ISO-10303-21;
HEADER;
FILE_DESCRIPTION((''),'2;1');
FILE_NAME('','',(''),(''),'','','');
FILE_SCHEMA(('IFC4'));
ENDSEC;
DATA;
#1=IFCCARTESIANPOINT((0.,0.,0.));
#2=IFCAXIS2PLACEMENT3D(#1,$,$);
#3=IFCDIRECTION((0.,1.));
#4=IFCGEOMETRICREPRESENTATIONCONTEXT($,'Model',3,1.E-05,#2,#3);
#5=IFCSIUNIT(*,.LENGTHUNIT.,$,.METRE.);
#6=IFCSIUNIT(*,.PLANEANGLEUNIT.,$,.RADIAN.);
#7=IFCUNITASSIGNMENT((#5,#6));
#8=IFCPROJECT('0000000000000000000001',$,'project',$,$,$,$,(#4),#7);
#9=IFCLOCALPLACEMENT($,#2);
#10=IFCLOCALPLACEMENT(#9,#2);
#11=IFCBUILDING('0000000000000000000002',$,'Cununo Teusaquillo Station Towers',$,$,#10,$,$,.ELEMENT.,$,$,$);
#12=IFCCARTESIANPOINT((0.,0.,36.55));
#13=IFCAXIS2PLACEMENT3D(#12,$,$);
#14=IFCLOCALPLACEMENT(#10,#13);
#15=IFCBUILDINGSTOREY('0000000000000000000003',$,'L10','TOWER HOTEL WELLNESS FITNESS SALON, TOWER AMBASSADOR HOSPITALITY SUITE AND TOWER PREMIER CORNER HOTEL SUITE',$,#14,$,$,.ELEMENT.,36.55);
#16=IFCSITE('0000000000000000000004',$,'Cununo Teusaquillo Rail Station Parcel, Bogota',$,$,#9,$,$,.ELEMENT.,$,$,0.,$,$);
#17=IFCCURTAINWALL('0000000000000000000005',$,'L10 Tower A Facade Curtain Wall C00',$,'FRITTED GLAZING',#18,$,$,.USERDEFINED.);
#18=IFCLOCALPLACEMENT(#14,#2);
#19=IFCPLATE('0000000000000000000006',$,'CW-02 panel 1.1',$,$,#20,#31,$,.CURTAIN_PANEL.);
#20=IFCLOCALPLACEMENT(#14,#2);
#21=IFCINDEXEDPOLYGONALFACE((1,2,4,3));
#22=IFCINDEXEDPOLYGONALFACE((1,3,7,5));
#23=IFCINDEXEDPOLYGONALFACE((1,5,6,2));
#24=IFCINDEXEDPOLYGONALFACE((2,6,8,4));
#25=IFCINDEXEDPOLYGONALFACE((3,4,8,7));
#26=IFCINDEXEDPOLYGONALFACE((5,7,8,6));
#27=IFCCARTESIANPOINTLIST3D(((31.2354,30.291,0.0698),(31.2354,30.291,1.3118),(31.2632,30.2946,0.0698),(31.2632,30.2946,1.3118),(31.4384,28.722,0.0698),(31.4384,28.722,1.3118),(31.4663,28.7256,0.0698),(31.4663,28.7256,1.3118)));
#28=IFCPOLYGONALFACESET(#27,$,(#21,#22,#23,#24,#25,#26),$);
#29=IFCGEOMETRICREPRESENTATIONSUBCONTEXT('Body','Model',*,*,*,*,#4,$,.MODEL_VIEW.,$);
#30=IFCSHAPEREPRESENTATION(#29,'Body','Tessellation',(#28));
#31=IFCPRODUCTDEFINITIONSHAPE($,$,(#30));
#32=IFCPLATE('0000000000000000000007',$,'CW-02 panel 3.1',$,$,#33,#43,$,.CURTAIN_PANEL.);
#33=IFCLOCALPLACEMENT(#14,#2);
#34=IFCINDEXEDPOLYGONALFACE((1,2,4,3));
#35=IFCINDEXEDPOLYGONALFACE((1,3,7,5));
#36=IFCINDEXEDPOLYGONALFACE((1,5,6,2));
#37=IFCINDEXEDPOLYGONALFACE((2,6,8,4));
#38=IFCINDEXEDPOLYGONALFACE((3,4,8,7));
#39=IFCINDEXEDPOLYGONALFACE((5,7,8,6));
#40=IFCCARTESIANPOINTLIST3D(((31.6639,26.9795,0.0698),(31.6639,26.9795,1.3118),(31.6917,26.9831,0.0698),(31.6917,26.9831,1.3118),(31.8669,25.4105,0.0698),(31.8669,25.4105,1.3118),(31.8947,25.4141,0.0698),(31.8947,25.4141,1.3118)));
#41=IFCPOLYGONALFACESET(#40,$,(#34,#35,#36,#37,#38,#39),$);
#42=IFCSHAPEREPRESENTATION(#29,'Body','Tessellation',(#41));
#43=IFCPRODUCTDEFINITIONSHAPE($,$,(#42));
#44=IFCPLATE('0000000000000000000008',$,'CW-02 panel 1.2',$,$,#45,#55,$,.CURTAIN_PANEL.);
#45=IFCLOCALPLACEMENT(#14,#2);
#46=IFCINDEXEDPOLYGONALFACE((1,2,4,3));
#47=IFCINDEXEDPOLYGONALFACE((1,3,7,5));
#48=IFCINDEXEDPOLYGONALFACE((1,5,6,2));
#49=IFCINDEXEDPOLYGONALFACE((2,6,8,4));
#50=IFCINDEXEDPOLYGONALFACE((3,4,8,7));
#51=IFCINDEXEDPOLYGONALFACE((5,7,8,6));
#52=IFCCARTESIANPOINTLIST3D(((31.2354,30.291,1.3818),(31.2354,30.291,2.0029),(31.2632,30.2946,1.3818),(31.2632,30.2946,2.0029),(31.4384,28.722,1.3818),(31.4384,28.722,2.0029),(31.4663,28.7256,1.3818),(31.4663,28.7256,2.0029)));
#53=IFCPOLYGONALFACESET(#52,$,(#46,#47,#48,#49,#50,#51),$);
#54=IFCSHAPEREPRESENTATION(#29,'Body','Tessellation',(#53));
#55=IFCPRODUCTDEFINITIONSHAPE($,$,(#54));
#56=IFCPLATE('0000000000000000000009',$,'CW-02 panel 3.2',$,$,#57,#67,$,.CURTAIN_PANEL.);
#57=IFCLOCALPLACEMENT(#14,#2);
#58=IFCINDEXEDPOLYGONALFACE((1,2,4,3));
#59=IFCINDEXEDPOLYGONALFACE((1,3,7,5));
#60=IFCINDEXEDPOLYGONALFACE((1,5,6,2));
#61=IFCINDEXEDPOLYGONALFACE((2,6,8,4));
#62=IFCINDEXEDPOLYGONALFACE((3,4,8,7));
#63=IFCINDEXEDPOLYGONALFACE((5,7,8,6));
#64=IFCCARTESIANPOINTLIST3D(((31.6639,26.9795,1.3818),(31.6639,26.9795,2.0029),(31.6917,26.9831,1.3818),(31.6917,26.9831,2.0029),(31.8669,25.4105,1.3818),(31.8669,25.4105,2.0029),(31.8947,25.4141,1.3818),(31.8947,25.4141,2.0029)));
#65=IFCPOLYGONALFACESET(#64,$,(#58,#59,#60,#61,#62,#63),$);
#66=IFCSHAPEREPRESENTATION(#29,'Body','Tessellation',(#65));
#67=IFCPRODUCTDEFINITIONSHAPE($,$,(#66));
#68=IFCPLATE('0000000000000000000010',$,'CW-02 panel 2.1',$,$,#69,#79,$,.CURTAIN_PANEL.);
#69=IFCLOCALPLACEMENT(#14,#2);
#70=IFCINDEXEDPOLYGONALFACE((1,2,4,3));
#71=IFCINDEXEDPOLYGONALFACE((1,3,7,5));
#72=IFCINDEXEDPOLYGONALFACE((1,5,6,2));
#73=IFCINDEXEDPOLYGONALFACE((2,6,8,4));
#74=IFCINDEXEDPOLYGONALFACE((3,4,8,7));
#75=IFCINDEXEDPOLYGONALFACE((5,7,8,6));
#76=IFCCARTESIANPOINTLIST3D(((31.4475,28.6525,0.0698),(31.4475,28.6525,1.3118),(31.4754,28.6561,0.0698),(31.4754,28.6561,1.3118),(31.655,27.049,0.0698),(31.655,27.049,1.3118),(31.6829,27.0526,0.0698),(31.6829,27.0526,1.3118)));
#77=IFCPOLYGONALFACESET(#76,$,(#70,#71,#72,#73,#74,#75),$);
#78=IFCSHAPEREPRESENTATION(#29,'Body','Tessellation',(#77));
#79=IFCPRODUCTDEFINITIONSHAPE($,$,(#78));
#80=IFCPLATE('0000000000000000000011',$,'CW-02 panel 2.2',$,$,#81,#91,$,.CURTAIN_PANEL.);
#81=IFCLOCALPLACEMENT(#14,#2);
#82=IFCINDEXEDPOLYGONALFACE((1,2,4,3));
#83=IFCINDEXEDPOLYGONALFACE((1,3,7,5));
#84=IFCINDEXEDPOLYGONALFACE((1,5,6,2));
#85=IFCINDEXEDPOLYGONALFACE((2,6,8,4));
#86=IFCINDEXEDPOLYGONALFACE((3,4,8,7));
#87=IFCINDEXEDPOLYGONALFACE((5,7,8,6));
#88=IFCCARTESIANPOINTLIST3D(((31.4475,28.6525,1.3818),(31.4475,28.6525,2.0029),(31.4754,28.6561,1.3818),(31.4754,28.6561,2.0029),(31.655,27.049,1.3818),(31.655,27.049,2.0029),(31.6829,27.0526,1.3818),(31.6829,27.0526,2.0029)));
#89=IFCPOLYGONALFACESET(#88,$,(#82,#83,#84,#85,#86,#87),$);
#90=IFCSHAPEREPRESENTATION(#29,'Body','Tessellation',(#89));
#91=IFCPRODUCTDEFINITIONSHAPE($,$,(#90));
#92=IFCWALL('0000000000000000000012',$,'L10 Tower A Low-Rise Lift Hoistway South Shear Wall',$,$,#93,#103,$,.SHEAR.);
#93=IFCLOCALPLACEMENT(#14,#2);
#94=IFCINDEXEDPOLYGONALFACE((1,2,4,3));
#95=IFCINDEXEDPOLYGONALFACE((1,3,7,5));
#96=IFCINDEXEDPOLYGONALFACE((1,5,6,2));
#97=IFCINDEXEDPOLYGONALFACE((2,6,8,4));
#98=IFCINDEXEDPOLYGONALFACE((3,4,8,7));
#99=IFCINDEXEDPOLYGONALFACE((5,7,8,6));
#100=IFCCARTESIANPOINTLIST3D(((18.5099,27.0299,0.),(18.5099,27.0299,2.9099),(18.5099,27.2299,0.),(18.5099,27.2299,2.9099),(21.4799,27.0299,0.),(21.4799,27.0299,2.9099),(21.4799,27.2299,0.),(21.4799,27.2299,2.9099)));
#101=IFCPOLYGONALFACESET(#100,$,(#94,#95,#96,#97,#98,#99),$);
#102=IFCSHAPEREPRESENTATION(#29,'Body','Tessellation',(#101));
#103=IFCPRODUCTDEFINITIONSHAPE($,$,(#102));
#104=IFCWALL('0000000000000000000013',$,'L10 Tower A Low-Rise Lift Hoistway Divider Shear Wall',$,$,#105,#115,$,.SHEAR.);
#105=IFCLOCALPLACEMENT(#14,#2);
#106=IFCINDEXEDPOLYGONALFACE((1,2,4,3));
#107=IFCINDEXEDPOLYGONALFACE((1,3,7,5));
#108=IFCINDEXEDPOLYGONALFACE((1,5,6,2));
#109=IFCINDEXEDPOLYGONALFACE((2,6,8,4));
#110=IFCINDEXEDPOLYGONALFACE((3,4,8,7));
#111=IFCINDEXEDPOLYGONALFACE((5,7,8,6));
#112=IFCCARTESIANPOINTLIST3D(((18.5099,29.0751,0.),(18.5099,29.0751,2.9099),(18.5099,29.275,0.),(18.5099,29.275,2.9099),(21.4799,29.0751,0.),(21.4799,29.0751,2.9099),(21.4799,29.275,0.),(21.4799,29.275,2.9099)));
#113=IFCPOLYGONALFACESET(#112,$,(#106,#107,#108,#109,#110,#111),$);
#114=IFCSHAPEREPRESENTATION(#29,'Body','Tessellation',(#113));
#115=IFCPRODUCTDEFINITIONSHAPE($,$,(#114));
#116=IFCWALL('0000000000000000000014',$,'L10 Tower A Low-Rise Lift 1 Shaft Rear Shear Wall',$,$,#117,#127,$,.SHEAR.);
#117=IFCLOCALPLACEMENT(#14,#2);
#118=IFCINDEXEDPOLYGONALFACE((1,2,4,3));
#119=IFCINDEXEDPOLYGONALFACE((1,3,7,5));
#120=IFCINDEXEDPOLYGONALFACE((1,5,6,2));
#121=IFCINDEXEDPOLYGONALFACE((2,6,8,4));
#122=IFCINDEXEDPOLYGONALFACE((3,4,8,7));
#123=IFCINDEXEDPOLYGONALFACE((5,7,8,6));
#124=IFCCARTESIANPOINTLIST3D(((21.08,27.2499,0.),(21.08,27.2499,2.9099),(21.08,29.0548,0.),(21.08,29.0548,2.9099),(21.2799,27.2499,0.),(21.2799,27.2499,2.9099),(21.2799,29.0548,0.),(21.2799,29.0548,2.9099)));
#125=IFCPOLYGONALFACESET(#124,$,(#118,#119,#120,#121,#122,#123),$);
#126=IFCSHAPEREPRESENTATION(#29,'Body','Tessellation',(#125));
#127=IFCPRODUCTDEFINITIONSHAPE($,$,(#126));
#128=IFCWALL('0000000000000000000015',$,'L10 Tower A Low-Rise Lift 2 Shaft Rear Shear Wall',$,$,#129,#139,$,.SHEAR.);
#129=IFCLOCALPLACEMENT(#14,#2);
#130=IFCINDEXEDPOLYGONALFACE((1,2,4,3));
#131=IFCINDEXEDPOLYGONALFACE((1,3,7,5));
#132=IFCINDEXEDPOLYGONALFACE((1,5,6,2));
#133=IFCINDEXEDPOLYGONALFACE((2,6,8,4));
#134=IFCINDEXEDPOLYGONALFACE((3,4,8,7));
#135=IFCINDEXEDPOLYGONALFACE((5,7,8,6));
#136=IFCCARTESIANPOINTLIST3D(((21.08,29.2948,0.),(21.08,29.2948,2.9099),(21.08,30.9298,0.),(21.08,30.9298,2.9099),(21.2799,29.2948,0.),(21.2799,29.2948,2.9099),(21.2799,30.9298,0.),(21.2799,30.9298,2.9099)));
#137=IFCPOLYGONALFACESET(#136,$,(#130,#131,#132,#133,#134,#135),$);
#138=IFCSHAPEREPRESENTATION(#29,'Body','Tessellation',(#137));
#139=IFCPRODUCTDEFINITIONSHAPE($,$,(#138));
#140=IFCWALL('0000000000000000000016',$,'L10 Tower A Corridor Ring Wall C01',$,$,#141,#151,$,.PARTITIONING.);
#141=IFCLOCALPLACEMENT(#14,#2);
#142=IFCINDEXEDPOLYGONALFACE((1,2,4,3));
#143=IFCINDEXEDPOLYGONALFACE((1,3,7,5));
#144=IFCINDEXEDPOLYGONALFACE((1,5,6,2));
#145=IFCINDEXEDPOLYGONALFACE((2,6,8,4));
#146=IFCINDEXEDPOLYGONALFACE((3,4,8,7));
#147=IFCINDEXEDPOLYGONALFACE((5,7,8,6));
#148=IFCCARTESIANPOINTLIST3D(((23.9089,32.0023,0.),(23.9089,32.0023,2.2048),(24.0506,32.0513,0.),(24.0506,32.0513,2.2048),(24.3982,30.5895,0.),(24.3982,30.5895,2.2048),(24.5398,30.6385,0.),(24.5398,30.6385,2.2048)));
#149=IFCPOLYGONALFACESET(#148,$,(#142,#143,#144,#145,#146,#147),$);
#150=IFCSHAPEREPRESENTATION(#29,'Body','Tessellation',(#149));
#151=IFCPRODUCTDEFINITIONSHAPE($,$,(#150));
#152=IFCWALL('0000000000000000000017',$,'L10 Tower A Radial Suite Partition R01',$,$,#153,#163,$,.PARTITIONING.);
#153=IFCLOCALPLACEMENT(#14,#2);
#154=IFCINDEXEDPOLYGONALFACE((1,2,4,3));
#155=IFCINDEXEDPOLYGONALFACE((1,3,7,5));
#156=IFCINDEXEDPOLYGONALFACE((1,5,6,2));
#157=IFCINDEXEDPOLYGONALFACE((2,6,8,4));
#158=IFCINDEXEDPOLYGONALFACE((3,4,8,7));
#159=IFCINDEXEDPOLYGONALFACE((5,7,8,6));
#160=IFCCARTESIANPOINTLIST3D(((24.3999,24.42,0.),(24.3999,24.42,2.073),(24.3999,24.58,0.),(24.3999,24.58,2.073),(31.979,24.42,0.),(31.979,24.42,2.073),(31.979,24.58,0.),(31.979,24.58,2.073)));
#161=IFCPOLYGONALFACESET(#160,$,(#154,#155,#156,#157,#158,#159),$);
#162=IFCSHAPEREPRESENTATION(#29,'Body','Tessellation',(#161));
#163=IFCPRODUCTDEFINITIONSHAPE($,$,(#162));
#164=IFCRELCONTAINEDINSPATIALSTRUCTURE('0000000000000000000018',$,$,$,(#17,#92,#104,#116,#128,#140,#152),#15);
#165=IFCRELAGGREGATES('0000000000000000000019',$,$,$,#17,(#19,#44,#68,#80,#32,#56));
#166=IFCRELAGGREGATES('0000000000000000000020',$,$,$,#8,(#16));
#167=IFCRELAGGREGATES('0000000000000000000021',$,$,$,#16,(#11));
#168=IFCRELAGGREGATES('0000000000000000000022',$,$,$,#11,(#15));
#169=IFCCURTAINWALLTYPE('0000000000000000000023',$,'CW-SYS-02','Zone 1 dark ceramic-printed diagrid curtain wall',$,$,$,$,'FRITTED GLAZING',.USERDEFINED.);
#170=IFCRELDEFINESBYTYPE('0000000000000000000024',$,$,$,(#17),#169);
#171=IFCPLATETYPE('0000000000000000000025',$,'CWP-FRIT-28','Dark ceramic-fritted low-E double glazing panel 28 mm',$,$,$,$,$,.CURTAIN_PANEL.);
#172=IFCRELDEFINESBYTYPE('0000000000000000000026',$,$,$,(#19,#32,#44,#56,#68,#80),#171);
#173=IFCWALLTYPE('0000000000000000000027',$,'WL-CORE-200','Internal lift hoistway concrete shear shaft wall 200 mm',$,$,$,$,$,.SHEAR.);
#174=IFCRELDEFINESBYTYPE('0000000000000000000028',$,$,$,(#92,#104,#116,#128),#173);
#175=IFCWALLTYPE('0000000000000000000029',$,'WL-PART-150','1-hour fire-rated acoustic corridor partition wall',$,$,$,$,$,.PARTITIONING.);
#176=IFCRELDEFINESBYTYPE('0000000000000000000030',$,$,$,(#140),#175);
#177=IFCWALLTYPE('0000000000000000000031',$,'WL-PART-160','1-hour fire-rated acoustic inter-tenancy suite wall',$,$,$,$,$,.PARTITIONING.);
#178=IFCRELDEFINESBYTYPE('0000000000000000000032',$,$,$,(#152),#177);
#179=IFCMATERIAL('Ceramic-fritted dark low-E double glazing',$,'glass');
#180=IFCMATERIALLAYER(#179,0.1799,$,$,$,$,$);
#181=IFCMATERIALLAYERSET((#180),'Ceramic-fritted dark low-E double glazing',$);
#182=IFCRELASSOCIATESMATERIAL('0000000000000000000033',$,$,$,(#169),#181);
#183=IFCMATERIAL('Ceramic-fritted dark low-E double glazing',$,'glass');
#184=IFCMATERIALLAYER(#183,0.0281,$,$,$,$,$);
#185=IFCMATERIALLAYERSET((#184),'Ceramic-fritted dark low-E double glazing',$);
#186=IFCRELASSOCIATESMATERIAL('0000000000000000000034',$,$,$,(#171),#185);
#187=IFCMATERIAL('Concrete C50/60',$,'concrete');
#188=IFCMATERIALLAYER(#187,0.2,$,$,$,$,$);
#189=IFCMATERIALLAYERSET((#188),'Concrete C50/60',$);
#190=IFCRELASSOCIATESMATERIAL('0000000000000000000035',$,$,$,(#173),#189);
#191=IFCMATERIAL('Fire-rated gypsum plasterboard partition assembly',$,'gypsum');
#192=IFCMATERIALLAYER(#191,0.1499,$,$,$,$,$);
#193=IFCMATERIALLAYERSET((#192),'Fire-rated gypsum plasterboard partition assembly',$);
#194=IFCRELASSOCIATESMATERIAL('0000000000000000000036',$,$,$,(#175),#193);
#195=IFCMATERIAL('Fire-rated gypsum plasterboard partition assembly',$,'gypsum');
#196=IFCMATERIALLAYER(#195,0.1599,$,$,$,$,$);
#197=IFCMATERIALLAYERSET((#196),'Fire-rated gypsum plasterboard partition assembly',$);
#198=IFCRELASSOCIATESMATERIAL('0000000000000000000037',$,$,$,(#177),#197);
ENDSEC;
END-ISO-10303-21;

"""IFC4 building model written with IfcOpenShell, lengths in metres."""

from ifc_helpers import new_model, si_unit, direction, frame, frame_2d, origin, origin_2d, place, context, subcontext, project, spatial, rectangle, extrude, source, transform, mapped, material, layer, layer_set, type_object, element, aggregate, save


model = new_model("IFC4")

# Units and contexts
model_context = context("Model", 3, precision=1e-05, world=origin(), true_north=direction((0.0, 1.0)))
body_context = subcontext(model_context, "Body", "Model", "MODEL_VIEW")
ifc_project = project(units=[si_unit("LENGTHUNIT", "METRE"), si_unit("PLANEANGLEUNIT", "RADIAN")], contexts=[model_context])

# Site, building, storey
site_placement = place(None, origin())
site = spatial("IfcSite", under=ifc_project, at=site_placement, Name="Cununo Teusaquillo Rail Station Parcel, Bogota", CompositionType="ELEMENT", RefElevation=0.0)
building_placement = place(site_placement, origin())
building = spatial("IfcBuilding", under=site, at=building_placement, Name="Cununo Teusaquillo Station Towers", CompositionType="ELEMENT")
storey_placement = place(building_placement, frame((0.0, 0.0, 36.55)))
storey = spatial("IfcBuildingStorey", under=building, at=storey_placement, Name="L10", Description="TOWER HOTEL WELLNESS FITNESS SALON, TOWER AMBASSADOR HOSPITALITY SUITE AND TOWER PREMIER CORNER HOTEL SUITE", CompositionType="ELEMENT", Elevation=36.55)

# Curtain wall, plates
ifc_material_1 = material(Name="Ceramic-fritted dark low-E double glazing", Category="glass")
ifc_layer_1 = layer(ifc_material_1, 0.1799)
ifc_layer_set_1 = layer_set([ifc_layer_1], Name="Ceramic-fritted dark low-E double glazing")
curtain_wall_type = type_object("IfcCurtainWallType", Name="CW-SYS-02", Description="Zone 1 dark ceramic-printed diagrid curtain wall", ElementType="FRITTED GLAZING", PredefinedType="USERDEFINED", material=ifc_layer_set_1)
curtain_wall_placement = place(storey_placement, origin())
curtain_wall = element("IfcCurtainWall", 1, at=curtain_wall_placement, inside=storey, type_object=curtain_wall_type, Name="L10 Tower A Facade Curtain Wall C00", ObjectType="FRITTED GLAZING", PredefinedType="USERDEFINED")
ifc_material_2 = material(Name="Ceramic-fritted dark low-E double glazing", Category="glass")
ifc_layer_2 = layer(ifc_material_2, 0.0281)
ifc_layer_set_2 = layer_set([ifc_layer_2], Name="Ceramic-fritted dark low-E double glazing")
plate_type = type_object("IfcPlateType", Name="CWP-FRIT-28", Description="Dark ceramic-fritted low-E double glazing panel 28 mm", PredefinedType="CURTAIN_PANEL", material=ifc_layer_set_2)
shared_shape_1 = source(origin(), body_context, "Body", "SweptSolid", [
    extrude(rectangle(XDim=1.582, YDim=0.0281, at=origin_2d()), origin(), (0.0, 0.0, 1.0), 1.2419),
])
plate_1_placement = place(storey_placement, frame((31.3508, 29.5083, 0.0698), z_axis=(0.0, 0.0, 1.0), x_axis=(0.128336, -0.991731, 0.0)))
plate_1 = element("IfcPlate", 2, at=plate_1_placement, type_object=plate_type, Name="CW-02 panel 1.1", PredefinedType="CURTAIN_PANEL", context=body_context, shape_type="MappedRepresentation", body=[
    mapped(shared_shape_1, transform((0.0, 0.0, 0.0), x_axis=(1.0, 0.0, 0.0), y_axis=(0.0, 1.0, 0.0), z_axis=(0.0, 0.0, 1.0), scale=1.0)),
])
plate_2_placement = place(storey_placement, frame((31.7793, 26.1968, 0.0698), z_axis=(0.0, 0.0, 1.0), x_axis=(0.128336, -0.991731, 0.0)))
plate_2 = element("IfcPlate", 3, at=plate_2_placement, type_object=plate_type, Name="CW-02 panel 3.1", PredefinedType="CURTAIN_PANEL", context=body_context, shape_type="MappedRepresentation", body=[
    mapped(shared_shape_1, transform((0.0, 0.0, 0.0), x_axis=(1.0, 0.0, 0.0), y_axis=(0.0, 1.0, 0.0), z_axis=(0.0, 0.0, 1.0), scale=1.0)),
])
shared_shape_2 = source(origin(), body_context, "Body", "SweptSolid", [
    extrude(rectangle(XDim=1.582, YDim=0.0281, at=origin_2d()), origin(), (0.0, 0.0, 1.0), 0.6211),
])
plate_3_placement = place(storey_placement, frame((31.3508, 29.5083, 1.3818), z_axis=(0.0, 0.0, 1.0), x_axis=(0.128336, -0.991731, 0.0)))
plate_3 = element("IfcPlate", 4, at=plate_3_placement, type_object=plate_type, Name="CW-02 panel 1.2", PredefinedType="CURTAIN_PANEL", context=body_context, shape_type="MappedRepresentation", body=[
    mapped(shared_shape_2, transform((0.0, 0.0, 0.0), x_axis=(1.0, 0.0, 0.0), y_axis=(0.0, 1.0, 0.0), z_axis=(0.0, 0.0, 1.0), scale=1.0)),
])
plate_4_placement = place(storey_placement, frame((31.7793, 26.1968, 1.3818), z_axis=(0.0, 0.0, 1.0), x_axis=(0.128336, -0.991731, 0.0)))
plate_4 = element("IfcPlate", 5, at=plate_4_placement, type_object=plate_type, Name="CW-02 panel 3.2", PredefinedType="CURTAIN_PANEL", context=body_context, shape_type="MappedRepresentation", body=[
    mapped(shared_shape_2, transform((0.0, 0.0, 0.0), x_axis=(1.0, 0.0, 0.0), y_axis=(0.0, 1.0, 0.0), z_axis=(0.0, 0.0, 1.0), scale=1.0)),
])
shared_shape_3 = source(origin(), body_context, "Body", "SweptSolid", [
    extrude(rectangle(XDim=1.6169, YDim=0.0281, at=origin_2d()), origin(), (0.0, 0.0, 1.0), 1.2419),
])
plate_5_placement = place(storey_placement, frame((31.5652, 27.8525, 0.0698), z_axis=(0.0, 0.0, 1.0), x_axis=(0.128336, -0.991731, 0.0)))
plate_5 = element("IfcPlate", 6, at=plate_5_placement, type_object=plate_type, Name="CW-02 panel 2.1", PredefinedType="CURTAIN_PANEL", context=body_context, shape_type="MappedRepresentation", body=[
    mapped(shared_shape_3, transform((0.0, 0.0, 0.0), x_axis=(1.0, 0.0, 0.0), y_axis=(0.0, 1.0, 0.0), z_axis=(0.0, 0.0, 1.0), scale=1.0)),
])
shared_shape_4 = source(origin(), body_context, "Body", "SweptSolid", [
    extrude(rectangle(XDim=1.6169, YDim=0.0281, at=origin_2d()), origin(), (0.0, 0.0, 1.0), 0.6211),
])
plate_6_placement = place(storey_placement, frame((31.5652, 27.8525, 1.3818), z_axis=(0.0, 0.0, 1.0), x_axis=(0.128336, -0.991731, 0.0)))
plate_6 = element("IfcPlate", 7, at=plate_6_placement, type_object=plate_type, Name="CW-02 panel 2.2", PredefinedType="CURTAIN_PANEL", context=body_context, shape_type="MappedRepresentation", body=[
    mapped(shared_shape_4, transform((0.0, 0.0, 0.0), x_axis=(1.0, 0.0, 0.0), y_axis=(0.0, 1.0, 0.0), z_axis=(0.0, 0.0, 1.0), scale=1.0)),
])
aggregate(curtain_wall, [plate_1, plate_3, plate_5, plate_6, plate_2, plate_4])

# Walls
ifc_material_3 = material(Name="Concrete C50/60", Category="concrete")
ifc_layer_3 = layer(ifc_material_3, 0.2)
ifc_layer_set_3 = layer_set([ifc_layer_3], Name="Concrete C50/60")
wall_type_1 = type_object("IfcWallType", Name="WL-CORE-200", Description="Internal lift hoistway concrete shear shaft wall 200 mm", PredefinedType="SHEAR", material=ifc_layer_set_3)
for number, where, z_axis, x_axis, name in (
    (8, (18.51, 27.1299, 0.0), (0.0, 0.0, 1.0), (1.0, 0.0, 0.0), "L10 Tower A Low-Rise Lift Hoistway South Shear Wall"),
    (9, (18.51, 29.175, 0.0), (0.0, 0.0, 1.0), (1.0, 0.0, 0.0), "L10 Tower A Low-Rise Lift Hoistway Divider Shear Wall"),
):
    element("IfcWall", number, at=place(storey_placement, frame(where, z_axis=z_axis, x_axis=x_axis)), inside=storey, type_object=wall_type_1, Name=name, PredefinedType="SHEAR", context=body_context, shape_type="SweptSolid", body=[
        extrude(rectangle(XDim=2.97, YDim=0.2, at=frame_2d((1.4849, 0.0))), origin(), (0.0, 0.0, 1.0), 2.9099),
    ])
wall_1_placement = place(storey_placement, frame((21.1799, 27.25, 0.0), z_axis=(0.0, 0.0, 1.0), x_axis=(0.0, 1.0, 0.0)))
element("IfcWall", 10, at=wall_1_placement, inside=storey, type_object=wall_type_1, Name="L10 Tower A Low-Rise Lift 1 Shaft Rear Shear Wall", PredefinedType="SHEAR", context=body_context, shape_type="SweptSolid", body=[
    extrude(rectangle(XDim=1.8049, YDim=0.2, at=frame_2d((0.9023, 0.0))), origin(), (0.0, 0.0, 1.0), 2.9099),
])
wall_2_placement = place(storey_placement, frame((21.1799, 29.2949, 0.0), z_axis=(0.0, 0.0, 1.0), x_axis=(0.0, 1.0, 0.0)))
element("IfcWall", 11, at=wall_2_placement, inside=storey, type_object=wall_type_1, Name="L10 Tower A Low-Rise Lift 2 Shaft Rear Shear Wall", PredefinedType="SHEAR", context=body_context, shape_type="SweptSolid", body=[
    extrude(rectangle(XDim=1.635, YDim=0.2, at=frame_2d((0.8174, 0.0))), origin(), (0.0, 0.0, 1.0), 2.9099),
])
ifc_material_4 = material(Name="Fire-rated gypsum plasterboard partition assembly", Category="gypsum")
ifc_layer_4 = layer(ifc_material_4, 0.1499)
ifc_layer_set_4 = layer_set([ifc_layer_4], Name="Fire-rated gypsum plasterboard partition assembly")
wall_type_2 = type_object("IfcWallType", Name="WL-PART-150", Description="1-hour fire-rated acoustic corridor partition wall", PredefinedType="PARTITIONING", material=ifc_layer_set_4)
wall_3_placement = place(storey_placement, frame((24.469, 30.614, 0.0), z_axis=(0.0, 0.0, 1.0), x_axis=(-0.327228, 0.944945, 0.0)))
element("IfcWall", 12, at=wall_3_placement, inside=storey, type_object=wall_type_2, Name="L10 Tower A Corridor Ring Wall C01", PredefinedType="PARTITIONING", context=body_context, shape_type="SweptSolid", body=[
    extrude(rectangle(XDim=1.4951, YDim=0.1499, at=frame_2d((0.7476, 0.0))), origin(), (0.0, 0.0, 1.0), 2.2048),
])
ifc_material_5 = material(Name="Fire-rated gypsum plasterboard partition assembly", Category="gypsum")
ifc_layer_5 = layer(ifc_material_5, 0.1599)
ifc_layer_set_5 = layer_set([ifc_layer_5], Name="Fire-rated gypsum plasterboard partition assembly")
wall_type_3 = type_object("IfcWallType", Name="WL-PART-160", Description="1-hour fire-rated acoustic inter-tenancy suite wall", PredefinedType="PARTITIONING", material=ifc_layer_set_5)
wall_4_placement = place(storey_placement, frame((24.3999, 24.5, 0.0), z_axis=(0.0, 0.0, 1.0), x_axis=(1.0, 0.0, 0.0)))
element("IfcWall", 13, at=wall_4_placement, inside=storey, type_object=wall_type_3, Name="L10 Tower A Radial Suite Partition R01", PredefinedType="PARTITIONING", context=body_context, shape_type="SweptSolid", body=[
    extrude(rectangle(XDim=7.5791, YDim=0.1599, at=frame_2d((3.7896, 0.0))), origin(), (0.0, 0.0, 1.0), 2.073),
])

save(model, "model.ifc")
